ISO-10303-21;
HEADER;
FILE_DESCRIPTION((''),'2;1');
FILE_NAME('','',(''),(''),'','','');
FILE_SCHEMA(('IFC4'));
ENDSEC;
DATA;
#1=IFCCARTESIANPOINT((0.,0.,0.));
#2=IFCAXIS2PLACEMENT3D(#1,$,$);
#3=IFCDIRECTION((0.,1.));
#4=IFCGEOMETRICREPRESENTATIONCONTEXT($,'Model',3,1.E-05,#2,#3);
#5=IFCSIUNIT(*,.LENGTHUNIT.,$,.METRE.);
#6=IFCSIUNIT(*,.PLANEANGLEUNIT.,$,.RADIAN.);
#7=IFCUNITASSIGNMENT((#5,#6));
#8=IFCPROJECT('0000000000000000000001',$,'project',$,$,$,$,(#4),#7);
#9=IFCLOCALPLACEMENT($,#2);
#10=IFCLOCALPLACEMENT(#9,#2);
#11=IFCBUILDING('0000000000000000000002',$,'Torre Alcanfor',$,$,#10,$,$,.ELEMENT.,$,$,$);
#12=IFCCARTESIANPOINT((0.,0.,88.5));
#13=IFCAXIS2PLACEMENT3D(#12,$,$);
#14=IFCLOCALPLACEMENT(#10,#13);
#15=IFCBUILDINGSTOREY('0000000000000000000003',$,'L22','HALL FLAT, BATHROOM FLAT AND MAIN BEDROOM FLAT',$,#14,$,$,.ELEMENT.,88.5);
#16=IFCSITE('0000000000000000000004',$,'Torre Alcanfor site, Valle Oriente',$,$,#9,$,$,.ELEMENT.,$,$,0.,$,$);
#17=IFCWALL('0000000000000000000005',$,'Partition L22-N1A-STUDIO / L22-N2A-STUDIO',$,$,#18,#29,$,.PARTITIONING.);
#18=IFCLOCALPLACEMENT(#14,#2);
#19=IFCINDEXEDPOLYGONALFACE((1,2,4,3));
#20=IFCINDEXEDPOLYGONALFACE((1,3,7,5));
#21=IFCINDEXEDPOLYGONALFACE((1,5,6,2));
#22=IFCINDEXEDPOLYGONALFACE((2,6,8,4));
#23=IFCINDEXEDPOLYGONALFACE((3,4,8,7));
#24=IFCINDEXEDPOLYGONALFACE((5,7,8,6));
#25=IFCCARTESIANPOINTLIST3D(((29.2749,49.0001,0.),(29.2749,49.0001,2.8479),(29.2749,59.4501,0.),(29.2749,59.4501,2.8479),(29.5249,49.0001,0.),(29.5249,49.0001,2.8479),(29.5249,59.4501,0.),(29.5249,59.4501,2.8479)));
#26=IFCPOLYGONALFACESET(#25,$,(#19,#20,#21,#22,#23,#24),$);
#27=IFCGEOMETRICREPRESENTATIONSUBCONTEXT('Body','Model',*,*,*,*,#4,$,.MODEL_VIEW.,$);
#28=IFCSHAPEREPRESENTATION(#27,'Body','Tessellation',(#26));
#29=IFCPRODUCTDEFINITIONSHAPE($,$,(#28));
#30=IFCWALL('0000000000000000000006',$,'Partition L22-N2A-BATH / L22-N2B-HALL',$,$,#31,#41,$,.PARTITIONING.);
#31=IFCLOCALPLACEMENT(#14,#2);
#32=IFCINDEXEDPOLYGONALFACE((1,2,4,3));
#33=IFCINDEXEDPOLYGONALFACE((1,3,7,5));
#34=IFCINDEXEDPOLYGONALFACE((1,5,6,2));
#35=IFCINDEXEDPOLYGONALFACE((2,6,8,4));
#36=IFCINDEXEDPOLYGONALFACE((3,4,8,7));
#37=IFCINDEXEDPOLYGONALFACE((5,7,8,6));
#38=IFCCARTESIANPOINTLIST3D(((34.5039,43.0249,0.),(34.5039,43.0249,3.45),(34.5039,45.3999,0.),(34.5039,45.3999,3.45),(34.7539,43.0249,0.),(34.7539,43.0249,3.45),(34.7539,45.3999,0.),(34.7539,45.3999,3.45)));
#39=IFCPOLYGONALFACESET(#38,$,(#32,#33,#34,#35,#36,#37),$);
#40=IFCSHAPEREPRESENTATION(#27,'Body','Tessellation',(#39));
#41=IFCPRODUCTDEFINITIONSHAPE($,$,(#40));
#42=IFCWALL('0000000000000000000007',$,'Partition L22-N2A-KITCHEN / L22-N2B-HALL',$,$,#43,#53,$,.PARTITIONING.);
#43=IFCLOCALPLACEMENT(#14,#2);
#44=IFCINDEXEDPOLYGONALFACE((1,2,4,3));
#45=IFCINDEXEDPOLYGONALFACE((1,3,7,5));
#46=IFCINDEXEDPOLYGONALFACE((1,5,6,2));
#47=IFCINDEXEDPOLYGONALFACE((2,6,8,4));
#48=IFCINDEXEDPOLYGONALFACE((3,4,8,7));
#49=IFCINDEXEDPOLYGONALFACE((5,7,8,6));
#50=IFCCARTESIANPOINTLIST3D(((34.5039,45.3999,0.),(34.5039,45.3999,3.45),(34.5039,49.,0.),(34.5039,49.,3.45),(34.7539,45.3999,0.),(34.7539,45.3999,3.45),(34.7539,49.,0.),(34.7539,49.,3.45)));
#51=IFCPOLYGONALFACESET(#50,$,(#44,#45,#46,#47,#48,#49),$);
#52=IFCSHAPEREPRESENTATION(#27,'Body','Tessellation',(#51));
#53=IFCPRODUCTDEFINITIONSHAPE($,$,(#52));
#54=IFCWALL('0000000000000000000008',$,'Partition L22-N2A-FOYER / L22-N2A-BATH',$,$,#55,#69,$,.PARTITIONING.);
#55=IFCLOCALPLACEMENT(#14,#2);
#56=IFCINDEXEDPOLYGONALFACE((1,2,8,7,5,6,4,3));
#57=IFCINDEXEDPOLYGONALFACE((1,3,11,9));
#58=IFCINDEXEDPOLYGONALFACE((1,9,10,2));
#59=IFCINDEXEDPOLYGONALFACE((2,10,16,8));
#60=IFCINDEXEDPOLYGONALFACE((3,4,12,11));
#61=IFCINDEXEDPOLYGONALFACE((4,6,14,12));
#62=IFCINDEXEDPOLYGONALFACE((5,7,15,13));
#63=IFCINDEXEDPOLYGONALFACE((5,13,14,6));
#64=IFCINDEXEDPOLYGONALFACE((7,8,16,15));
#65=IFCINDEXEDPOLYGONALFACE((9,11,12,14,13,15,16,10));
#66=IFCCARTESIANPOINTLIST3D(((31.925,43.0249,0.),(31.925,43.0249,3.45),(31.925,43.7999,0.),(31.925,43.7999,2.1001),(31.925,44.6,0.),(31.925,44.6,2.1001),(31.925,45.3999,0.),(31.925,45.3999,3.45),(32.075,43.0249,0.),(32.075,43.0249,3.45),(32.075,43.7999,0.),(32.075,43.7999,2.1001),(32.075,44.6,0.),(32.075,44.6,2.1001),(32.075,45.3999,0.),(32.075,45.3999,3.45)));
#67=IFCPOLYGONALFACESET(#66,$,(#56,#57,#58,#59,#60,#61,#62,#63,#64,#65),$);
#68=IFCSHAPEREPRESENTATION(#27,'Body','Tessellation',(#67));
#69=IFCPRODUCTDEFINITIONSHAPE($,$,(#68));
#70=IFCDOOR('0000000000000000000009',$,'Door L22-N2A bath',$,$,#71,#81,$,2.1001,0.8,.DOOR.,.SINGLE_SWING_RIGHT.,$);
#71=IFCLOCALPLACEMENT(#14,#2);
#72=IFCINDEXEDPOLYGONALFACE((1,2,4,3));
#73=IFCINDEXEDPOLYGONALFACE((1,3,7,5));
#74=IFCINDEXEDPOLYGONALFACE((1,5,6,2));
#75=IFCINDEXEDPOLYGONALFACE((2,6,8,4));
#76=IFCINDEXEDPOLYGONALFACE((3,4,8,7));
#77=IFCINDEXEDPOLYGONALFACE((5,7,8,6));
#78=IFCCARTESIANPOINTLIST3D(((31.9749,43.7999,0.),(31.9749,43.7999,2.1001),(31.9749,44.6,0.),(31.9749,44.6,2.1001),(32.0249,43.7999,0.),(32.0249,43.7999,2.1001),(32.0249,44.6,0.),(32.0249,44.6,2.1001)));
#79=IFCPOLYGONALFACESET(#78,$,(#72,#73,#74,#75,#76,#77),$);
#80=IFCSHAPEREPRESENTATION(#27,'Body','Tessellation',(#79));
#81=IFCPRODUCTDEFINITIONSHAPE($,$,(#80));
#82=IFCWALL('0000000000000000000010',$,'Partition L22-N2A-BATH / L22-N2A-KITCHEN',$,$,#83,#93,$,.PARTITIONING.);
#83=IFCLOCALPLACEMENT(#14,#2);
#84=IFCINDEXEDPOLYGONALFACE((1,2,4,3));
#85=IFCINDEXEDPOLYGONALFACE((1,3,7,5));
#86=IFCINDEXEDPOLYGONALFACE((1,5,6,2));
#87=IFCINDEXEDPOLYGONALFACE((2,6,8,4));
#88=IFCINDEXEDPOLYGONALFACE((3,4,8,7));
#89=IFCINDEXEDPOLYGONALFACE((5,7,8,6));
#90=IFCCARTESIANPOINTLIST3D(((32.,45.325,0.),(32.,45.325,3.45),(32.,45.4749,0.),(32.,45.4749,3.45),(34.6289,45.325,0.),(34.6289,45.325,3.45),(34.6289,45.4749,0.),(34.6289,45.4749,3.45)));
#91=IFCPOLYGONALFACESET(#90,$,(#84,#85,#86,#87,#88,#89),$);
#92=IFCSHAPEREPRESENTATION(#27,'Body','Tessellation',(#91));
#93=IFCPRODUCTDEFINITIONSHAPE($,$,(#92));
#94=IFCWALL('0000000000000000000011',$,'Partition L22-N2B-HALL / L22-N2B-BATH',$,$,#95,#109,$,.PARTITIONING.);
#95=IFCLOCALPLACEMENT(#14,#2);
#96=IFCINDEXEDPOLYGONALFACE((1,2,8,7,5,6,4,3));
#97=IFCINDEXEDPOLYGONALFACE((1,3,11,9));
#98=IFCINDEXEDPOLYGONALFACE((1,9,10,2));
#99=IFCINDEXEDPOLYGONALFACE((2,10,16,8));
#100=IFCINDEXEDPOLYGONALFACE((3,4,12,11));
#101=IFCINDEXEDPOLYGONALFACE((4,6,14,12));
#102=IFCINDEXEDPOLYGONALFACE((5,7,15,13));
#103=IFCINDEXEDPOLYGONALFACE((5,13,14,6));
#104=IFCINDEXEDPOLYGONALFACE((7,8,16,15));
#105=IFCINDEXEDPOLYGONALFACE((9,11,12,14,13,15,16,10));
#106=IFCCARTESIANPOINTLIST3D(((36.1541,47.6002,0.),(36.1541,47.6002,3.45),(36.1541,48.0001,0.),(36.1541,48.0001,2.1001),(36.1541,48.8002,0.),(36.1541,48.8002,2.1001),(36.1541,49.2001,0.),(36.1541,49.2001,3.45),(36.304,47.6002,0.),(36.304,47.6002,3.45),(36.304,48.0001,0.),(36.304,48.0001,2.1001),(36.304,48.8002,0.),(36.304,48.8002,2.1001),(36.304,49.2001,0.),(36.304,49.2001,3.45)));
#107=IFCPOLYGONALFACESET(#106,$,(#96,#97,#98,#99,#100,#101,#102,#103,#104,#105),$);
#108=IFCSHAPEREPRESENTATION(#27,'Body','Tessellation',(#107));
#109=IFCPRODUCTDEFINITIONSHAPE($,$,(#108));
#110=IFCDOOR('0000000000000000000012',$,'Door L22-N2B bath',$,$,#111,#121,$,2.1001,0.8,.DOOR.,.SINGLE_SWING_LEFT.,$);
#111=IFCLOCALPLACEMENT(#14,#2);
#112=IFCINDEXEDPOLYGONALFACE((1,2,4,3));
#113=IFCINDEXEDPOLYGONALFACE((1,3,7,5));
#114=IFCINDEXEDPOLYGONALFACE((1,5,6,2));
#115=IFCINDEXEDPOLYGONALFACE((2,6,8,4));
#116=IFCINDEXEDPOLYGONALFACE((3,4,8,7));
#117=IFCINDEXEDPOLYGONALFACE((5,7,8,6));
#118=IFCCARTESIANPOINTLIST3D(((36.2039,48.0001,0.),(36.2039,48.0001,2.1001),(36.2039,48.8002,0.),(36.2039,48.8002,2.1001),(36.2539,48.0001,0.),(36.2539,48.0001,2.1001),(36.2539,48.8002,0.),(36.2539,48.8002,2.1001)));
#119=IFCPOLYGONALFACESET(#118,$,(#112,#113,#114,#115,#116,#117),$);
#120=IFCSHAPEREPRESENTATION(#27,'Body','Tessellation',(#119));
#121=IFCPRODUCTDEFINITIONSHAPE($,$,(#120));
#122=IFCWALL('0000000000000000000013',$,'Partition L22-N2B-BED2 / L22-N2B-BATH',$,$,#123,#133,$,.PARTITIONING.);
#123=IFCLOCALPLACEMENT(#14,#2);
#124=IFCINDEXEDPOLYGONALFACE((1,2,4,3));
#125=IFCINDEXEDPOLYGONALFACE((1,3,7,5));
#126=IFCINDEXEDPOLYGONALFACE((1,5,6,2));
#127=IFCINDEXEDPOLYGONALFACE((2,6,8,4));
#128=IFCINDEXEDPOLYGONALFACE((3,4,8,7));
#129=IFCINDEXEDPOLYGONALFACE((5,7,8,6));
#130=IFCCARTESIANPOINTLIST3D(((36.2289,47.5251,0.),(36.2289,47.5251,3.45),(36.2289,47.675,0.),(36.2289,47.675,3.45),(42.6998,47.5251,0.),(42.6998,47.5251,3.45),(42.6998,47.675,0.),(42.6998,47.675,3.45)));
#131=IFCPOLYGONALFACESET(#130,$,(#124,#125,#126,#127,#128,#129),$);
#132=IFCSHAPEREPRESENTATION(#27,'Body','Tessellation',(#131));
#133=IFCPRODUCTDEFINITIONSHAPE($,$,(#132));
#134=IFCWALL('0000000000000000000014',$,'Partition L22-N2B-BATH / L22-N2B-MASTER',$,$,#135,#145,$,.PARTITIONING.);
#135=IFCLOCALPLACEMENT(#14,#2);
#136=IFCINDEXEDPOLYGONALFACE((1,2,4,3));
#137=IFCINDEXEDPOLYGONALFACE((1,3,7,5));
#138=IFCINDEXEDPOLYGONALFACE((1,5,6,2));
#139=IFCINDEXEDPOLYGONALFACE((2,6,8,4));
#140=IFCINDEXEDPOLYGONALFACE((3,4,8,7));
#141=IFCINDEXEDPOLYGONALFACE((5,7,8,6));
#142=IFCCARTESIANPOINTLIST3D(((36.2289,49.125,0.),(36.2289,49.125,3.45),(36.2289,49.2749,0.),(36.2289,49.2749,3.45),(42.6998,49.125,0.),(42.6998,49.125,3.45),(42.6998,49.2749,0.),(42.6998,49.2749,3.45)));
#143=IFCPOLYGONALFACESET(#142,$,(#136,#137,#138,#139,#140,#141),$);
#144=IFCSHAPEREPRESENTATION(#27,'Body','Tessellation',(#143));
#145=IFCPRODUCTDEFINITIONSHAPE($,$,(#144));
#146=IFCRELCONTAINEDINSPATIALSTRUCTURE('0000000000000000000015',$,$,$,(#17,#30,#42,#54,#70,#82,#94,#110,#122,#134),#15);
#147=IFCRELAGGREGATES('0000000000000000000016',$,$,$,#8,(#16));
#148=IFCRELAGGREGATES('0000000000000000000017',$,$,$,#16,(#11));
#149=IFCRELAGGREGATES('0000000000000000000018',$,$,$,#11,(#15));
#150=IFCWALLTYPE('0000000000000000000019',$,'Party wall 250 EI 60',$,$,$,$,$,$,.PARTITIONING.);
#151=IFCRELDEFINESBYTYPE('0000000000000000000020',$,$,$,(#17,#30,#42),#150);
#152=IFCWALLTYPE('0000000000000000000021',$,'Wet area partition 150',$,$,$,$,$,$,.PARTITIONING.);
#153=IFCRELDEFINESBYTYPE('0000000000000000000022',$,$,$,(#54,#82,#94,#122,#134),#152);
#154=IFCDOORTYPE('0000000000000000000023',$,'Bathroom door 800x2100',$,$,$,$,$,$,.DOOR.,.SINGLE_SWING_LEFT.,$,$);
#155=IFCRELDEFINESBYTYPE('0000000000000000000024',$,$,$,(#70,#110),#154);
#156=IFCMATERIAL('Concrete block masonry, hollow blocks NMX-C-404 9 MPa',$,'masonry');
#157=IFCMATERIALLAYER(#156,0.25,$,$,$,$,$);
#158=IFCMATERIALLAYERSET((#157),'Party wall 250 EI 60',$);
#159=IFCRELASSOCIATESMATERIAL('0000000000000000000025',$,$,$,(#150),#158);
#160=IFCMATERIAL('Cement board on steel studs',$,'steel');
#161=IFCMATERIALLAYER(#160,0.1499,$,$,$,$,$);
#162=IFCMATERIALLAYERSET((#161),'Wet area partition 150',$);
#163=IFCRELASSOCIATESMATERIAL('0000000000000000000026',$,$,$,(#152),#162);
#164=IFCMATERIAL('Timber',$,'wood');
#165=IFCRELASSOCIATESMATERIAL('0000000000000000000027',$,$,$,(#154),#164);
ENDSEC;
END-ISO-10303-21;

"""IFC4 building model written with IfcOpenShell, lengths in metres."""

from ifc_helpers import new_model, si_unit, direction, frame, frame_2d, origin, place, context, subcontext, project, spatial, rectangle, extrude, material, layer, layer_set, type_object, element, fill, save


model = new_model("IFC4")

# Units and contexts
model_context = context("Model", 3, precision=1e-05, world=origin(), true_north=direction((0.0, 1.0)))
body_context = subcontext(model_context, "Body", "Model", "MODEL_VIEW")
ifc_project = project(units=[si_unit("LENGTHUNIT", "METRE"), si_unit("PLANEANGLEUNIT", "RADIAN")], contexts=[model_context])

# Site, building, storey
site_placement = place(None, origin())
site = spatial("IfcSite", under=ifc_project, at=site_placement, Name="Torre Alcanfor site, Valle Oriente", CompositionType="ELEMENT", RefElevation=0.0)
building_placement = place(site_placement, origin())
building = spatial("IfcBuilding", under=site, at=building_placement, Name="Torre Alcanfor", CompositionType="ELEMENT")
storey_placement = place(building_placement, frame((0.0, 0.0, 88.5)))
storey = spatial("IfcBuildingStorey", under=building, at=storey_placement, Name="L22", Description="HALL FLAT, BATHROOM FLAT AND MAIN BEDROOM FLAT", CompositionType="ELEMENT", Elevation=88.5)

# Walls
ifc_material_1 = material(Name="Concrete block masonry, hollow blocks NMX-C-404 9 MPa", Category="masonry")
ifc_layer_1 = layer(ifc_material_1, 0.25)
ifc_layer_set_1 = layer_set([ifc_layer_1], Name="Party wall 250 EI 60")
wall_type_1 = type_object("IfcWallType", Name="Party wall 250 EI 60", PredefinedType="PARTITIONING", material=ifc_layer_set_1)
wall_1_placement = place(storey_placement, frame((29.3999, 49.0, 0.0), z_axis=(0.0, 0.0, 1.0), x_axis=(0.0, 1.0, 0.0)))
element("IfcWall", 1, at=wall_1_placement, inside=storey, type_object=wall_type_1, Name="Partition L22-N1A-STUDIO / L22-N2A-STUDIO", PredefinedType="PARTITIONING", context=body_context, shape_type="SweptSolid", body=[
    extrude(rectangle(XDim=10.45, YDim=0.25, at=frame_2d((5.2251, 0.0))), origin(), (0.0, 0.0, 1.0), 2.8479),
])
wall_2_placement = place(storey_placement, frame((34.6289, 45.3999, 0.0), z_axis=(0.0, 0.0, 1.0), x_axis=(0.0, -1.0, 0.0)))
element("IfcWall", 2, at=wall_2_placement, inside=storey, type_object=wall_type_1, Name="Partition L22-N2A-BATH / L22-N2B-HALL", PredefinedType="PARTITIONING", context=body_context, shape_type="SweptSolid", body=[
    extrude(rectangle(XDim=2.375, YDim=0.25, at=frame_2d((1.1875, 0.0))), origin(), (0.0, 0.0, 1.0), 3.45),
])
wall_3_placement = place(storey_placement, frame((34.6289, 49.0, 0.0), z_axis=(0.0, 0.0, 1.0), x_axis=(0.0, -1.0, 0.0)))
element("IfcWall", 3, at=wall_3_placement, inside=storey, type_object=wall_type_1, Name="Partition L22-N2A-KITCHEN / L22-N2B-HALL", PredefinedType="PARTITIONING", context=body_context, shape_type="SweptSolid", body=[
    extrude(rectangle(XDim=3.6001, YDim=0.25, at=frame_2d((1.8, 0.0))), origin(), (0.0, 0.0, 1.0), 3.45),
])

# Wall, opening, door
ifc_material_2 = material(Name="Cement board on steel studs", Category="steel")
ifc_layer_2 = layer(ifc_material_2, 0.1499)
ifc_layer_set_2 = layer_set([ifc_layer_2], Name="Wet area partition 150")
wall_type_2 = type_object("IfcWallType", Name="Wet area partition 150", PredefinedType="PARTITIONING", material=ifc_layer_set_2)
wall_4_placement = place(storey_placement, frame((32.0, 45.3999, 0.0), z_axis=(0.0, 0.0, 1.0), x_axis=(0.0, -1.0, 0.0)))
wall_4 = element("IfcWall", 4, at=wall_4_placement, inside=storey, type_object=wall_type_2, Name="Partition L22-N2A-FOYER / L22-N2A-BATH", PredefinedType="PARTITIONING", context=body_context, shape_type="SweptSolid", body=[
    extrude(rectangle(XDim=2.375, YDim=0.1499, at=frame_2d((1.1875, 0.0))), origin(), (0.0, 0.0, 1.0), 3.45),
])
opening_1_placement = place(wall_4_placement, frame((0.8, 0.0, 0.0)))
opening_1 = element("IfcOpeningElement", 5, at=opening_1_placement, cuts=wall_4, PredefinedType="OPENING", context=body_context, shape_type="SweptSolid", body=[
    extrude(rectangle(XDim=0.8, YDim=2.1001, at=frame_2d((0.3999, 1.05))), frame((0.0, 0.085, 0.0), z_axis=(0.0, -1.0, 0.0), x_axis=(1.0, 0.0, 0.0)), (0.0, 0.0, 1.0), 0.1699),
])
ifc_material_3 = material(Name="Timber", Category="wood")
door_type_1 = type_object("IfcDoorType", Name="Bathroom door 800x2100", OperationType="SINGLE_SWING_LEFT", PredefinedType="DOOR", material=ifc_material_3)
door_1_placement = place(opening_1_placement, origin())
door_1 = element("IfcDoor", 6, at=door_1_placement, inside=storey, type_object=door_type_1, Name="Door L22-N2A bath", OperationType="SINGLE_SWING_RIGHT", OverallHeight=2.1001, OverallWidth=0.8, PredefinedType="DOOR", context=body_context, shape_type="SweptSolid", body=[
    extrude(rectangle(XDim=0.8, YDim=2.1001, at=frame_2d((0.3999, 1.05))), frame((0.0, 0.0249, 0.0), z_axis=(0.0, -1.0, 0.0), x_axis=(1.0, 0.0, 0.0)), (0.0, 0.0, 1.0), 0.05),
])
fill(opening_1, door_1)

# Wall
wall_5_placement = place(storey_placement, frame((32.0, 45.3999, 0.0), z_axis=(0.0, 0.0, 1.0), x_axis=(1.0, 0.0, 0.0)))
element("IfcWall", 7, at=wall_5_placement, inside=storey, type_object=wall_type_2, Name="Partition L22-N2A-BATH / L22-N2A-KITCHEN", PredefinedType="PARTITIONING", context=body_context, shape_type="SweptSolid", body=[
    extrude(rectangle(XDim=2.6289, YDim=0.1499, at=frame_2d((1.3145, 0.0))), origin(), (0.0, 0.0, 1.0), 3.45),
])

# Wall, opening, door
wall_6_placement = place(storey_placement, frame((36.229, 49.2, 0.0), z_axis=(0.0, 0.0, 1.0), x_axis=(0.0, -1.0, 0.0)))
wall_6 = element("IfcWall", 8, at=wall_6_placement, inside=storey, type_object=wall_type_2, Name="Partition L22-N2B-HALL / L22-N2B-BATH", PredefinedType="PARTITIONING", context=body_context, shape_type="SweptSolid", body=[
    extrude(rectangle(XDim=1.5999, YDim=0.1499, at=frame_2d((0.7998, 0.0))), origin(), (0.0, 0.0, 1.0), 3.45),
])
opening_2_placement = place(wall_6_placement, frame((0.3999, 0.0, 0.0)))
opening_2 = element("IfcOpeningElement", 9, at=opening_2_placement, cuts=wall_6, PredefinedType="OPENING", context=body_context, shape_type="SweptSolid", body=[
    extrude(rectangle(XDim=0.8, YDim=2.1001, at=frame_2d((0.3999, 1.05))), frame((0.0, 0.085, 0.0), z_axis=(0.0, -1.0, 0.0), x_axis=(1.0, 0.0, 0.0)), (0.0, 0.0, 1.0), 0.1699),
])
door_2_placement = place(opening_2_placement, origin())
door_2 = element("IfcDoor", 10, at=door_2_placement, inside=storey, type_object=door_type_1, Name="Door L22-N2B bath", OperationType="SINGLE_SWING_LEFT", OverallHeight=2.1001, OverallWidth=0.8, PredefinedType="DOOR", context=body_context, shape_type="SweptSolid", body=[
    extrude(rectangle(XDim=0.8, YDim=2.1001, at=frame_2d((0.3999, 1.05))), frame((0.0, 0.0249, 0.0), z_axis=(0.0, -1.0, 0.0), x_axis=(1.0, 0.0, 0.0)), (0.0, 0.0, 1.0), 0.05),
])
fill(opening_2, door_2)

# Walls
for number, where, z_axis, x_axis, name in (
    (11, (36.229, 47.6001, 0.0), (0.0, 0.0, 1.0), (1.0, 0.0, 0.0), "Partition L22-N2B-BED2 / L22-N2B-BATH"),
    (12, (36.229, 49.2, 0.0), (0.0, 0.0, 1.0), (1.0, 0.0, 0.0), "Partition L22-N2B-BATH / L22-N2B-MASTER"),
):
    element("IfcWall", number, at=place(storey_placement, frame(where, z_axis=z_axis, x_axis=x_axis)), inside=storey, type_object=wall_type_2, Name=name, PredefinedType="PARTITIONING", context=body_context, shape_type="SweptSolid", body=[
        extrude(rectangle(XDim=6.4709, YDim=0.1499, at=frame_2d((3.2354, 0.0))), origin(), (0.0, 0.0, 1.0), 3.45),
    ])

save(model, "model.ifc")
